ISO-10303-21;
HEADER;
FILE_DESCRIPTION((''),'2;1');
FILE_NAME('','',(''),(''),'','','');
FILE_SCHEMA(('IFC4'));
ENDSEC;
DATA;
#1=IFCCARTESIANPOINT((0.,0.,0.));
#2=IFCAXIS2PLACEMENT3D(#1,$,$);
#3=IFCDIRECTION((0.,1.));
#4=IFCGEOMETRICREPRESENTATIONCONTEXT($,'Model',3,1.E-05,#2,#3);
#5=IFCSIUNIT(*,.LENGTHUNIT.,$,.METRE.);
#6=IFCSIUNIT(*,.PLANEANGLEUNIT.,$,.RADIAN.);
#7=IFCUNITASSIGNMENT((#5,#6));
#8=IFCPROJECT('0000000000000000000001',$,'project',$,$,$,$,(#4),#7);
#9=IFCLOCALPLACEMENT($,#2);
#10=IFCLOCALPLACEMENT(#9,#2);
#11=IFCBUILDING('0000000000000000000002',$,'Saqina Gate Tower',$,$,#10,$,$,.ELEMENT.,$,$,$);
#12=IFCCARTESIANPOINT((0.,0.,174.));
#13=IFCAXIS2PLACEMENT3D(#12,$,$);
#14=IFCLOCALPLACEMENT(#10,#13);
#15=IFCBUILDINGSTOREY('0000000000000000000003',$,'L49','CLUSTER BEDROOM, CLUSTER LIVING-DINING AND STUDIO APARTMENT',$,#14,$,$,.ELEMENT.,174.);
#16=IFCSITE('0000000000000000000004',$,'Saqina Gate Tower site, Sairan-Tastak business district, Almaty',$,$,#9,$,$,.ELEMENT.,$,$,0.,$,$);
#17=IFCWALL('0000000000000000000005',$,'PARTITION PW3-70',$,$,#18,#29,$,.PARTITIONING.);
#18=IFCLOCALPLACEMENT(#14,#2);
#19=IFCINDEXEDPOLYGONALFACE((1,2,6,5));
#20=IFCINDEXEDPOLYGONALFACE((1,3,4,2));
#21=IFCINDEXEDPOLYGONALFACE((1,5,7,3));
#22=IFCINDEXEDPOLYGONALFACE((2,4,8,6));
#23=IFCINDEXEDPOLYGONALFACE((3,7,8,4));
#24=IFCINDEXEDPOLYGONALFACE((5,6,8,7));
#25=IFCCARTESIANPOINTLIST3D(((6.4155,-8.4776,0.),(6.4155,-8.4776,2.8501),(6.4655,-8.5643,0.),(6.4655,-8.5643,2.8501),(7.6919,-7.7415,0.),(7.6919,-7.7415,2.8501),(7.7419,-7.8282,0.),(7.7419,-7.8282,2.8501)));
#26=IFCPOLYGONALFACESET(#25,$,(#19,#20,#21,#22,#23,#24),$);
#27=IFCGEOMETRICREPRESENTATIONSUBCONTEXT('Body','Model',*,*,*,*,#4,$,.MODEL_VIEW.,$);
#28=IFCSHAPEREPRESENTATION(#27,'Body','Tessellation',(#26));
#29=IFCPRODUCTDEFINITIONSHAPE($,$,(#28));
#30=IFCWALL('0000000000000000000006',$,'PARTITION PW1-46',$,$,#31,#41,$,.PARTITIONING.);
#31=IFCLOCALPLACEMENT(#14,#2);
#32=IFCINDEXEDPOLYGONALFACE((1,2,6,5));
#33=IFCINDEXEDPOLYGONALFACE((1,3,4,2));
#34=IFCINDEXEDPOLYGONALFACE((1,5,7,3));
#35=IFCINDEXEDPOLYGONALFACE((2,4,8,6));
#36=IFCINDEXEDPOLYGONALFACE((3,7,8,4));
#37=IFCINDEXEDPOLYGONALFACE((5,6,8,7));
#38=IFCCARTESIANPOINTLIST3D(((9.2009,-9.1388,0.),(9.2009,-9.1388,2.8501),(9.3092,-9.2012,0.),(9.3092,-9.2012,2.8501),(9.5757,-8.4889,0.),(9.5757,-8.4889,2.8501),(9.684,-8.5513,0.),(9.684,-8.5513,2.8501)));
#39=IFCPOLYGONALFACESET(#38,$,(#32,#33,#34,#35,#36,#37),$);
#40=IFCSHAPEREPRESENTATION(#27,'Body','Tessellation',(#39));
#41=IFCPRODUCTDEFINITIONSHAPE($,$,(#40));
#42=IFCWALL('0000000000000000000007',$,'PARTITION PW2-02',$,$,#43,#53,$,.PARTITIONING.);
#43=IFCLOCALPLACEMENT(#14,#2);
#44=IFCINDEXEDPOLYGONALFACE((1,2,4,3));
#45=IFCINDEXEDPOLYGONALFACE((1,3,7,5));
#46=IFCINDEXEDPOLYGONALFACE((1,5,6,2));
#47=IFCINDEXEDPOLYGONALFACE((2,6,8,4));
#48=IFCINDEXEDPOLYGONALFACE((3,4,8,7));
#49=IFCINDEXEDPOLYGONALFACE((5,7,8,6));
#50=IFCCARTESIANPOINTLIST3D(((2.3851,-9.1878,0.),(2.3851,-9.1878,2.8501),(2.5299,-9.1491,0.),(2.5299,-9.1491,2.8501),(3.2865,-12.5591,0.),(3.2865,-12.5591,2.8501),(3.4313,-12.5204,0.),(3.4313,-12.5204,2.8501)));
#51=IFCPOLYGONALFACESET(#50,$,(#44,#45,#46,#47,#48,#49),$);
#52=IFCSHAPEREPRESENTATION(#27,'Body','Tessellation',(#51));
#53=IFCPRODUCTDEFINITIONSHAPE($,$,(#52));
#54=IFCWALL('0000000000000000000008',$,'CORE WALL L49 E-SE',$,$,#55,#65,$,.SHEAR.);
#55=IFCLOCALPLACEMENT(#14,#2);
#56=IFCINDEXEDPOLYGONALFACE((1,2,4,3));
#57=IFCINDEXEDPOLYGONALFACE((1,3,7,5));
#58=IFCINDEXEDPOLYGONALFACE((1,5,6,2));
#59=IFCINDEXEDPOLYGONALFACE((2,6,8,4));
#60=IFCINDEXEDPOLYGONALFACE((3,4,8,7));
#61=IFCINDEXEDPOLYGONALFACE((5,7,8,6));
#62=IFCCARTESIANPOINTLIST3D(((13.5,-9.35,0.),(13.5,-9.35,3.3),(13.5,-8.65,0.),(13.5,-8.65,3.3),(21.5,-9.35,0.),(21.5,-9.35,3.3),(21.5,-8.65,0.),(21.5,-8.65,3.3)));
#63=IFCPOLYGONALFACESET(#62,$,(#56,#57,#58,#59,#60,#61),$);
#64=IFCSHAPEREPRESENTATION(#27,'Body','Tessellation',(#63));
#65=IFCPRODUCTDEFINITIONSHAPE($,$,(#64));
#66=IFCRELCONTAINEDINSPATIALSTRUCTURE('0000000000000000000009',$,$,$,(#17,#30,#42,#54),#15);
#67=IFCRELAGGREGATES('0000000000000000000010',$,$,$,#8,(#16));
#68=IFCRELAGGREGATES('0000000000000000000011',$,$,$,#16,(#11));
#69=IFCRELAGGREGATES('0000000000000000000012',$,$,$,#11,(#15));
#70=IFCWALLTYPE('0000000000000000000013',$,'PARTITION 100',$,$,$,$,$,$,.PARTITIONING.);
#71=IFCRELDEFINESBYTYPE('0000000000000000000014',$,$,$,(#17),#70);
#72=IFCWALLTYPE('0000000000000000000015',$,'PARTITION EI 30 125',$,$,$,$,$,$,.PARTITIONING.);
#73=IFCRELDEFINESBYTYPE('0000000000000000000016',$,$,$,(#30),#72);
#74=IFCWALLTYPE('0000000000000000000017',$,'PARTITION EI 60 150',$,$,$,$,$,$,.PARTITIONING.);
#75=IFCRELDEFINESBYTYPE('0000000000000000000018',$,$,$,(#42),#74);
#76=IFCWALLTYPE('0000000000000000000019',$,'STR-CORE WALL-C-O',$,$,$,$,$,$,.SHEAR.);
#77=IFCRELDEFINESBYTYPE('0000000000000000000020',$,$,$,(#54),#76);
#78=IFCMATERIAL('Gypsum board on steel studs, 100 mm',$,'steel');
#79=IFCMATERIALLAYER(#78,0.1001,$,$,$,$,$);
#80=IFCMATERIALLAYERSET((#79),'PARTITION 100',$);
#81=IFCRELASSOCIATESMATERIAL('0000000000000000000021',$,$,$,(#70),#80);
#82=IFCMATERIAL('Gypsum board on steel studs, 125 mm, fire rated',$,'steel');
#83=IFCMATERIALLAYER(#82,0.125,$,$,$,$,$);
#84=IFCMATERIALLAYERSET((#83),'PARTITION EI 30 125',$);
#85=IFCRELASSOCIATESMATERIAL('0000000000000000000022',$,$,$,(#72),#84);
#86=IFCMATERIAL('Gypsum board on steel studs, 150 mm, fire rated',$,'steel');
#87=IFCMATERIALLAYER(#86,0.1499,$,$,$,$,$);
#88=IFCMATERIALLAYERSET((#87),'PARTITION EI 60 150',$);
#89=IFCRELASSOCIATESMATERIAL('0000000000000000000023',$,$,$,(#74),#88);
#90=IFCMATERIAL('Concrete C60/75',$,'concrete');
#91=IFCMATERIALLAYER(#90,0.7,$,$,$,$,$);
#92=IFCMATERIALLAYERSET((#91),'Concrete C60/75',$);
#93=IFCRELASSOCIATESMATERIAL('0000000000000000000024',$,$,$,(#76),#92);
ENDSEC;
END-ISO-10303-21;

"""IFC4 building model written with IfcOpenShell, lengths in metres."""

from ifc_helpers import new_model, si_unit, direction, frame, frame_2d, origin, place, context, subcontext, project, spatial, rectangle, extrude, material, layer, layer_set, type_object, element, save


model = new_model("IFC4")

# Units and contexts
model_context = context("Model", 3, precision=1e-05, world=origin(), true_north=direction((0.0, 1.0)))
body_context = subcontext(model_context, "Body", "Model", "MODEL_VIEW")
ifc_project = project(units=[si_unit("LENGTHUNIT", "METRE"), si_unit("PLANEANGLEUNIT", "RADIAN")], contexts=[model_context])

# Site, building, storey
site_placement = place(None, origin())
site = spatial("IfcSite", under=ifc_project, at=site_placement, Name="Saqina Gate Tower site, Sairan-Tastak business district, Almaty", CompositionType="ELEMENT", RefElevation=0.0)
building_placement = place(site_placement, origin())
building = spatial("IfcBuilding", under=site, at=building_placement, Name="Saqina Gate Tower", CompositionType="ELEMENT")
storey_placement = place(building_placement, frame((0.0, 0.0, 174.0)))
storey = spatial("IfcBuildingStorey", under=building, at=storey_placement, Name="L49", Description="CLUSTER BEDROOM, CLUSTER LIVING-DINING AND STUDIO APARTMENT", CompositionType="ELEMENT", Elevation=174.0)

# Shared definitions
ifc_material_1 = material(Name="Gypsum board on steel studs, 100 mm", Category="steel")
ifc_layer_1 = layer(ifc_material_1, 0.1001)
ifc_layer_set_1 = layer_set([ifc_layer_1], Name="PARTITION 100")
wall_type_1 = type_object("IfcWallType", Name="PARTITION 100", PredefinedType="PARTITIONING", material=ifc_layer_set_1)

# Walls
wall_1_placement = place(storey_placement, frame((6.4404, -8.521, 0.0), z_axis=(0.0, 0.0, 1.0), x_axis=(0.866268, 0.499579, 0.0)))
element("IfcWall", 1, at=wall_1_placement, inside=storey, type_object=wall_type_1, Name="PARTITION PW3-70", PredefinedType="PARTITIONING", context=body_context, shape_type="SweptSolid", body=[
    extrude(rectangle(XDim=1.4734, YDim=0.1001, at=frame_2d((0.7368, 0.0))), origin(), (0.0, 0.0, 1.0), 2.8501),
])
ifc_material_2 = material(Name="Gypsum board on steel studs, 125 mm, fire rated", Category="steel")
ifc_layer_2 = layer(ifc_material_2, 0.125)
ifc_layer_set_2 = layer_set([ifc_layer_2], Name="PARTITION EI 30 125")
wall_type_2 = type_object("IfcWallType", Name="PARTITION EI 30 125", PredefinedType="PARTITIONING", material=ifc_layer_set_2)
wall_2_placement = place(storey_placement, frame((9.2551, -9.1699, 0.0), z_axis=(0.0, 0.0, 1.0), x_axis=(0.499535, 0.866294, 0.0)))
element("IfcWall", 2, at=wall_2_placement, inside=storey, type_object=wall_type_2, Name="PARTITION PW1-46", PredefinedType="PARTITIONING", context=body_context, shape_type="SweptSolid", body=[
    extrude(rectangle(XDim=0.7502, YDim=0.125, at=frame_2d((0.375, 0.0))), origin(), (0.0, 0.0, 1.0), 2.8501),
])
ifc_material_3 = material(Name="Gypsum board on steel studs, 150 mm, fire rated", Category="steel")
ifc_layer_3 = layer(ifc_material_3, 0.1499)
ifc_layer_set_3 = layer_set([ifc_layer_3], Name="PARTITION EI 60 150")
wall_type_3 = type_object("IfcWallType", Name="PARTITION EI 60 150", PredefinedType="PARTITIONING", material=ifc_layer_set_3)
wall_3_placement = place(storey_placement, frame((2.4575, -9.1685, 0.0), z_axis=(0.0, 0.0, 1.0), x_axis=(0.25829, -0.966068, 0.0)))
element("IfcWall", 3, at=wall_3_placement, inside=storey, type_object=wall_type_3, Name="PARTITION PW2-02", PredefinedType="PARTITIONING", context=body_context, shape_type="SweptSolid", body=[
    extrude(rectangle(XDim=3.4897, YDim=0.1499, at=frame_2d((1.7449, 0.0))), origin(), (0.0, 0.0, 1.0), 2.8501),
])

# Shared definitions
ifc_material_4 = material(Name="Concrete C60/75", Category="concrete")
ifc_layer_4 = layer(ifc_material_4, 0.7)
ifc_layer_set_4 = layer_set([ifc_layer_4], Name="Concrete C60/75")
wall_type_4 = type_object("IfcWallType", Name="STR-CORE WALL-C-O", PredefinedType="SHEAR", material=ifc_layer_set_4)

# Wall
wall_4_placement = place(storey_placement, frame((13.5, -9.0, 0.0), z_axis=(0.0, 0.0, 1.0), x_axis=(1.0, 0.0, 0.0)))
element("IfcWall", 4, at=wall_4_placement, inside=storey, type_object=wall_type_4, Name="CORE WALL L49 E-SE", PredefinedType="SHEAR", context=body_context, shape_type="SweptSolid", body=[
    extrude(rectangle(XDim=8.0, YDim=0.7, at=frame_2d((4.0, 0.0))), origin(), (0.0, 0.0, 1.0), 3.3),
])

save(model, "model.ifc")
